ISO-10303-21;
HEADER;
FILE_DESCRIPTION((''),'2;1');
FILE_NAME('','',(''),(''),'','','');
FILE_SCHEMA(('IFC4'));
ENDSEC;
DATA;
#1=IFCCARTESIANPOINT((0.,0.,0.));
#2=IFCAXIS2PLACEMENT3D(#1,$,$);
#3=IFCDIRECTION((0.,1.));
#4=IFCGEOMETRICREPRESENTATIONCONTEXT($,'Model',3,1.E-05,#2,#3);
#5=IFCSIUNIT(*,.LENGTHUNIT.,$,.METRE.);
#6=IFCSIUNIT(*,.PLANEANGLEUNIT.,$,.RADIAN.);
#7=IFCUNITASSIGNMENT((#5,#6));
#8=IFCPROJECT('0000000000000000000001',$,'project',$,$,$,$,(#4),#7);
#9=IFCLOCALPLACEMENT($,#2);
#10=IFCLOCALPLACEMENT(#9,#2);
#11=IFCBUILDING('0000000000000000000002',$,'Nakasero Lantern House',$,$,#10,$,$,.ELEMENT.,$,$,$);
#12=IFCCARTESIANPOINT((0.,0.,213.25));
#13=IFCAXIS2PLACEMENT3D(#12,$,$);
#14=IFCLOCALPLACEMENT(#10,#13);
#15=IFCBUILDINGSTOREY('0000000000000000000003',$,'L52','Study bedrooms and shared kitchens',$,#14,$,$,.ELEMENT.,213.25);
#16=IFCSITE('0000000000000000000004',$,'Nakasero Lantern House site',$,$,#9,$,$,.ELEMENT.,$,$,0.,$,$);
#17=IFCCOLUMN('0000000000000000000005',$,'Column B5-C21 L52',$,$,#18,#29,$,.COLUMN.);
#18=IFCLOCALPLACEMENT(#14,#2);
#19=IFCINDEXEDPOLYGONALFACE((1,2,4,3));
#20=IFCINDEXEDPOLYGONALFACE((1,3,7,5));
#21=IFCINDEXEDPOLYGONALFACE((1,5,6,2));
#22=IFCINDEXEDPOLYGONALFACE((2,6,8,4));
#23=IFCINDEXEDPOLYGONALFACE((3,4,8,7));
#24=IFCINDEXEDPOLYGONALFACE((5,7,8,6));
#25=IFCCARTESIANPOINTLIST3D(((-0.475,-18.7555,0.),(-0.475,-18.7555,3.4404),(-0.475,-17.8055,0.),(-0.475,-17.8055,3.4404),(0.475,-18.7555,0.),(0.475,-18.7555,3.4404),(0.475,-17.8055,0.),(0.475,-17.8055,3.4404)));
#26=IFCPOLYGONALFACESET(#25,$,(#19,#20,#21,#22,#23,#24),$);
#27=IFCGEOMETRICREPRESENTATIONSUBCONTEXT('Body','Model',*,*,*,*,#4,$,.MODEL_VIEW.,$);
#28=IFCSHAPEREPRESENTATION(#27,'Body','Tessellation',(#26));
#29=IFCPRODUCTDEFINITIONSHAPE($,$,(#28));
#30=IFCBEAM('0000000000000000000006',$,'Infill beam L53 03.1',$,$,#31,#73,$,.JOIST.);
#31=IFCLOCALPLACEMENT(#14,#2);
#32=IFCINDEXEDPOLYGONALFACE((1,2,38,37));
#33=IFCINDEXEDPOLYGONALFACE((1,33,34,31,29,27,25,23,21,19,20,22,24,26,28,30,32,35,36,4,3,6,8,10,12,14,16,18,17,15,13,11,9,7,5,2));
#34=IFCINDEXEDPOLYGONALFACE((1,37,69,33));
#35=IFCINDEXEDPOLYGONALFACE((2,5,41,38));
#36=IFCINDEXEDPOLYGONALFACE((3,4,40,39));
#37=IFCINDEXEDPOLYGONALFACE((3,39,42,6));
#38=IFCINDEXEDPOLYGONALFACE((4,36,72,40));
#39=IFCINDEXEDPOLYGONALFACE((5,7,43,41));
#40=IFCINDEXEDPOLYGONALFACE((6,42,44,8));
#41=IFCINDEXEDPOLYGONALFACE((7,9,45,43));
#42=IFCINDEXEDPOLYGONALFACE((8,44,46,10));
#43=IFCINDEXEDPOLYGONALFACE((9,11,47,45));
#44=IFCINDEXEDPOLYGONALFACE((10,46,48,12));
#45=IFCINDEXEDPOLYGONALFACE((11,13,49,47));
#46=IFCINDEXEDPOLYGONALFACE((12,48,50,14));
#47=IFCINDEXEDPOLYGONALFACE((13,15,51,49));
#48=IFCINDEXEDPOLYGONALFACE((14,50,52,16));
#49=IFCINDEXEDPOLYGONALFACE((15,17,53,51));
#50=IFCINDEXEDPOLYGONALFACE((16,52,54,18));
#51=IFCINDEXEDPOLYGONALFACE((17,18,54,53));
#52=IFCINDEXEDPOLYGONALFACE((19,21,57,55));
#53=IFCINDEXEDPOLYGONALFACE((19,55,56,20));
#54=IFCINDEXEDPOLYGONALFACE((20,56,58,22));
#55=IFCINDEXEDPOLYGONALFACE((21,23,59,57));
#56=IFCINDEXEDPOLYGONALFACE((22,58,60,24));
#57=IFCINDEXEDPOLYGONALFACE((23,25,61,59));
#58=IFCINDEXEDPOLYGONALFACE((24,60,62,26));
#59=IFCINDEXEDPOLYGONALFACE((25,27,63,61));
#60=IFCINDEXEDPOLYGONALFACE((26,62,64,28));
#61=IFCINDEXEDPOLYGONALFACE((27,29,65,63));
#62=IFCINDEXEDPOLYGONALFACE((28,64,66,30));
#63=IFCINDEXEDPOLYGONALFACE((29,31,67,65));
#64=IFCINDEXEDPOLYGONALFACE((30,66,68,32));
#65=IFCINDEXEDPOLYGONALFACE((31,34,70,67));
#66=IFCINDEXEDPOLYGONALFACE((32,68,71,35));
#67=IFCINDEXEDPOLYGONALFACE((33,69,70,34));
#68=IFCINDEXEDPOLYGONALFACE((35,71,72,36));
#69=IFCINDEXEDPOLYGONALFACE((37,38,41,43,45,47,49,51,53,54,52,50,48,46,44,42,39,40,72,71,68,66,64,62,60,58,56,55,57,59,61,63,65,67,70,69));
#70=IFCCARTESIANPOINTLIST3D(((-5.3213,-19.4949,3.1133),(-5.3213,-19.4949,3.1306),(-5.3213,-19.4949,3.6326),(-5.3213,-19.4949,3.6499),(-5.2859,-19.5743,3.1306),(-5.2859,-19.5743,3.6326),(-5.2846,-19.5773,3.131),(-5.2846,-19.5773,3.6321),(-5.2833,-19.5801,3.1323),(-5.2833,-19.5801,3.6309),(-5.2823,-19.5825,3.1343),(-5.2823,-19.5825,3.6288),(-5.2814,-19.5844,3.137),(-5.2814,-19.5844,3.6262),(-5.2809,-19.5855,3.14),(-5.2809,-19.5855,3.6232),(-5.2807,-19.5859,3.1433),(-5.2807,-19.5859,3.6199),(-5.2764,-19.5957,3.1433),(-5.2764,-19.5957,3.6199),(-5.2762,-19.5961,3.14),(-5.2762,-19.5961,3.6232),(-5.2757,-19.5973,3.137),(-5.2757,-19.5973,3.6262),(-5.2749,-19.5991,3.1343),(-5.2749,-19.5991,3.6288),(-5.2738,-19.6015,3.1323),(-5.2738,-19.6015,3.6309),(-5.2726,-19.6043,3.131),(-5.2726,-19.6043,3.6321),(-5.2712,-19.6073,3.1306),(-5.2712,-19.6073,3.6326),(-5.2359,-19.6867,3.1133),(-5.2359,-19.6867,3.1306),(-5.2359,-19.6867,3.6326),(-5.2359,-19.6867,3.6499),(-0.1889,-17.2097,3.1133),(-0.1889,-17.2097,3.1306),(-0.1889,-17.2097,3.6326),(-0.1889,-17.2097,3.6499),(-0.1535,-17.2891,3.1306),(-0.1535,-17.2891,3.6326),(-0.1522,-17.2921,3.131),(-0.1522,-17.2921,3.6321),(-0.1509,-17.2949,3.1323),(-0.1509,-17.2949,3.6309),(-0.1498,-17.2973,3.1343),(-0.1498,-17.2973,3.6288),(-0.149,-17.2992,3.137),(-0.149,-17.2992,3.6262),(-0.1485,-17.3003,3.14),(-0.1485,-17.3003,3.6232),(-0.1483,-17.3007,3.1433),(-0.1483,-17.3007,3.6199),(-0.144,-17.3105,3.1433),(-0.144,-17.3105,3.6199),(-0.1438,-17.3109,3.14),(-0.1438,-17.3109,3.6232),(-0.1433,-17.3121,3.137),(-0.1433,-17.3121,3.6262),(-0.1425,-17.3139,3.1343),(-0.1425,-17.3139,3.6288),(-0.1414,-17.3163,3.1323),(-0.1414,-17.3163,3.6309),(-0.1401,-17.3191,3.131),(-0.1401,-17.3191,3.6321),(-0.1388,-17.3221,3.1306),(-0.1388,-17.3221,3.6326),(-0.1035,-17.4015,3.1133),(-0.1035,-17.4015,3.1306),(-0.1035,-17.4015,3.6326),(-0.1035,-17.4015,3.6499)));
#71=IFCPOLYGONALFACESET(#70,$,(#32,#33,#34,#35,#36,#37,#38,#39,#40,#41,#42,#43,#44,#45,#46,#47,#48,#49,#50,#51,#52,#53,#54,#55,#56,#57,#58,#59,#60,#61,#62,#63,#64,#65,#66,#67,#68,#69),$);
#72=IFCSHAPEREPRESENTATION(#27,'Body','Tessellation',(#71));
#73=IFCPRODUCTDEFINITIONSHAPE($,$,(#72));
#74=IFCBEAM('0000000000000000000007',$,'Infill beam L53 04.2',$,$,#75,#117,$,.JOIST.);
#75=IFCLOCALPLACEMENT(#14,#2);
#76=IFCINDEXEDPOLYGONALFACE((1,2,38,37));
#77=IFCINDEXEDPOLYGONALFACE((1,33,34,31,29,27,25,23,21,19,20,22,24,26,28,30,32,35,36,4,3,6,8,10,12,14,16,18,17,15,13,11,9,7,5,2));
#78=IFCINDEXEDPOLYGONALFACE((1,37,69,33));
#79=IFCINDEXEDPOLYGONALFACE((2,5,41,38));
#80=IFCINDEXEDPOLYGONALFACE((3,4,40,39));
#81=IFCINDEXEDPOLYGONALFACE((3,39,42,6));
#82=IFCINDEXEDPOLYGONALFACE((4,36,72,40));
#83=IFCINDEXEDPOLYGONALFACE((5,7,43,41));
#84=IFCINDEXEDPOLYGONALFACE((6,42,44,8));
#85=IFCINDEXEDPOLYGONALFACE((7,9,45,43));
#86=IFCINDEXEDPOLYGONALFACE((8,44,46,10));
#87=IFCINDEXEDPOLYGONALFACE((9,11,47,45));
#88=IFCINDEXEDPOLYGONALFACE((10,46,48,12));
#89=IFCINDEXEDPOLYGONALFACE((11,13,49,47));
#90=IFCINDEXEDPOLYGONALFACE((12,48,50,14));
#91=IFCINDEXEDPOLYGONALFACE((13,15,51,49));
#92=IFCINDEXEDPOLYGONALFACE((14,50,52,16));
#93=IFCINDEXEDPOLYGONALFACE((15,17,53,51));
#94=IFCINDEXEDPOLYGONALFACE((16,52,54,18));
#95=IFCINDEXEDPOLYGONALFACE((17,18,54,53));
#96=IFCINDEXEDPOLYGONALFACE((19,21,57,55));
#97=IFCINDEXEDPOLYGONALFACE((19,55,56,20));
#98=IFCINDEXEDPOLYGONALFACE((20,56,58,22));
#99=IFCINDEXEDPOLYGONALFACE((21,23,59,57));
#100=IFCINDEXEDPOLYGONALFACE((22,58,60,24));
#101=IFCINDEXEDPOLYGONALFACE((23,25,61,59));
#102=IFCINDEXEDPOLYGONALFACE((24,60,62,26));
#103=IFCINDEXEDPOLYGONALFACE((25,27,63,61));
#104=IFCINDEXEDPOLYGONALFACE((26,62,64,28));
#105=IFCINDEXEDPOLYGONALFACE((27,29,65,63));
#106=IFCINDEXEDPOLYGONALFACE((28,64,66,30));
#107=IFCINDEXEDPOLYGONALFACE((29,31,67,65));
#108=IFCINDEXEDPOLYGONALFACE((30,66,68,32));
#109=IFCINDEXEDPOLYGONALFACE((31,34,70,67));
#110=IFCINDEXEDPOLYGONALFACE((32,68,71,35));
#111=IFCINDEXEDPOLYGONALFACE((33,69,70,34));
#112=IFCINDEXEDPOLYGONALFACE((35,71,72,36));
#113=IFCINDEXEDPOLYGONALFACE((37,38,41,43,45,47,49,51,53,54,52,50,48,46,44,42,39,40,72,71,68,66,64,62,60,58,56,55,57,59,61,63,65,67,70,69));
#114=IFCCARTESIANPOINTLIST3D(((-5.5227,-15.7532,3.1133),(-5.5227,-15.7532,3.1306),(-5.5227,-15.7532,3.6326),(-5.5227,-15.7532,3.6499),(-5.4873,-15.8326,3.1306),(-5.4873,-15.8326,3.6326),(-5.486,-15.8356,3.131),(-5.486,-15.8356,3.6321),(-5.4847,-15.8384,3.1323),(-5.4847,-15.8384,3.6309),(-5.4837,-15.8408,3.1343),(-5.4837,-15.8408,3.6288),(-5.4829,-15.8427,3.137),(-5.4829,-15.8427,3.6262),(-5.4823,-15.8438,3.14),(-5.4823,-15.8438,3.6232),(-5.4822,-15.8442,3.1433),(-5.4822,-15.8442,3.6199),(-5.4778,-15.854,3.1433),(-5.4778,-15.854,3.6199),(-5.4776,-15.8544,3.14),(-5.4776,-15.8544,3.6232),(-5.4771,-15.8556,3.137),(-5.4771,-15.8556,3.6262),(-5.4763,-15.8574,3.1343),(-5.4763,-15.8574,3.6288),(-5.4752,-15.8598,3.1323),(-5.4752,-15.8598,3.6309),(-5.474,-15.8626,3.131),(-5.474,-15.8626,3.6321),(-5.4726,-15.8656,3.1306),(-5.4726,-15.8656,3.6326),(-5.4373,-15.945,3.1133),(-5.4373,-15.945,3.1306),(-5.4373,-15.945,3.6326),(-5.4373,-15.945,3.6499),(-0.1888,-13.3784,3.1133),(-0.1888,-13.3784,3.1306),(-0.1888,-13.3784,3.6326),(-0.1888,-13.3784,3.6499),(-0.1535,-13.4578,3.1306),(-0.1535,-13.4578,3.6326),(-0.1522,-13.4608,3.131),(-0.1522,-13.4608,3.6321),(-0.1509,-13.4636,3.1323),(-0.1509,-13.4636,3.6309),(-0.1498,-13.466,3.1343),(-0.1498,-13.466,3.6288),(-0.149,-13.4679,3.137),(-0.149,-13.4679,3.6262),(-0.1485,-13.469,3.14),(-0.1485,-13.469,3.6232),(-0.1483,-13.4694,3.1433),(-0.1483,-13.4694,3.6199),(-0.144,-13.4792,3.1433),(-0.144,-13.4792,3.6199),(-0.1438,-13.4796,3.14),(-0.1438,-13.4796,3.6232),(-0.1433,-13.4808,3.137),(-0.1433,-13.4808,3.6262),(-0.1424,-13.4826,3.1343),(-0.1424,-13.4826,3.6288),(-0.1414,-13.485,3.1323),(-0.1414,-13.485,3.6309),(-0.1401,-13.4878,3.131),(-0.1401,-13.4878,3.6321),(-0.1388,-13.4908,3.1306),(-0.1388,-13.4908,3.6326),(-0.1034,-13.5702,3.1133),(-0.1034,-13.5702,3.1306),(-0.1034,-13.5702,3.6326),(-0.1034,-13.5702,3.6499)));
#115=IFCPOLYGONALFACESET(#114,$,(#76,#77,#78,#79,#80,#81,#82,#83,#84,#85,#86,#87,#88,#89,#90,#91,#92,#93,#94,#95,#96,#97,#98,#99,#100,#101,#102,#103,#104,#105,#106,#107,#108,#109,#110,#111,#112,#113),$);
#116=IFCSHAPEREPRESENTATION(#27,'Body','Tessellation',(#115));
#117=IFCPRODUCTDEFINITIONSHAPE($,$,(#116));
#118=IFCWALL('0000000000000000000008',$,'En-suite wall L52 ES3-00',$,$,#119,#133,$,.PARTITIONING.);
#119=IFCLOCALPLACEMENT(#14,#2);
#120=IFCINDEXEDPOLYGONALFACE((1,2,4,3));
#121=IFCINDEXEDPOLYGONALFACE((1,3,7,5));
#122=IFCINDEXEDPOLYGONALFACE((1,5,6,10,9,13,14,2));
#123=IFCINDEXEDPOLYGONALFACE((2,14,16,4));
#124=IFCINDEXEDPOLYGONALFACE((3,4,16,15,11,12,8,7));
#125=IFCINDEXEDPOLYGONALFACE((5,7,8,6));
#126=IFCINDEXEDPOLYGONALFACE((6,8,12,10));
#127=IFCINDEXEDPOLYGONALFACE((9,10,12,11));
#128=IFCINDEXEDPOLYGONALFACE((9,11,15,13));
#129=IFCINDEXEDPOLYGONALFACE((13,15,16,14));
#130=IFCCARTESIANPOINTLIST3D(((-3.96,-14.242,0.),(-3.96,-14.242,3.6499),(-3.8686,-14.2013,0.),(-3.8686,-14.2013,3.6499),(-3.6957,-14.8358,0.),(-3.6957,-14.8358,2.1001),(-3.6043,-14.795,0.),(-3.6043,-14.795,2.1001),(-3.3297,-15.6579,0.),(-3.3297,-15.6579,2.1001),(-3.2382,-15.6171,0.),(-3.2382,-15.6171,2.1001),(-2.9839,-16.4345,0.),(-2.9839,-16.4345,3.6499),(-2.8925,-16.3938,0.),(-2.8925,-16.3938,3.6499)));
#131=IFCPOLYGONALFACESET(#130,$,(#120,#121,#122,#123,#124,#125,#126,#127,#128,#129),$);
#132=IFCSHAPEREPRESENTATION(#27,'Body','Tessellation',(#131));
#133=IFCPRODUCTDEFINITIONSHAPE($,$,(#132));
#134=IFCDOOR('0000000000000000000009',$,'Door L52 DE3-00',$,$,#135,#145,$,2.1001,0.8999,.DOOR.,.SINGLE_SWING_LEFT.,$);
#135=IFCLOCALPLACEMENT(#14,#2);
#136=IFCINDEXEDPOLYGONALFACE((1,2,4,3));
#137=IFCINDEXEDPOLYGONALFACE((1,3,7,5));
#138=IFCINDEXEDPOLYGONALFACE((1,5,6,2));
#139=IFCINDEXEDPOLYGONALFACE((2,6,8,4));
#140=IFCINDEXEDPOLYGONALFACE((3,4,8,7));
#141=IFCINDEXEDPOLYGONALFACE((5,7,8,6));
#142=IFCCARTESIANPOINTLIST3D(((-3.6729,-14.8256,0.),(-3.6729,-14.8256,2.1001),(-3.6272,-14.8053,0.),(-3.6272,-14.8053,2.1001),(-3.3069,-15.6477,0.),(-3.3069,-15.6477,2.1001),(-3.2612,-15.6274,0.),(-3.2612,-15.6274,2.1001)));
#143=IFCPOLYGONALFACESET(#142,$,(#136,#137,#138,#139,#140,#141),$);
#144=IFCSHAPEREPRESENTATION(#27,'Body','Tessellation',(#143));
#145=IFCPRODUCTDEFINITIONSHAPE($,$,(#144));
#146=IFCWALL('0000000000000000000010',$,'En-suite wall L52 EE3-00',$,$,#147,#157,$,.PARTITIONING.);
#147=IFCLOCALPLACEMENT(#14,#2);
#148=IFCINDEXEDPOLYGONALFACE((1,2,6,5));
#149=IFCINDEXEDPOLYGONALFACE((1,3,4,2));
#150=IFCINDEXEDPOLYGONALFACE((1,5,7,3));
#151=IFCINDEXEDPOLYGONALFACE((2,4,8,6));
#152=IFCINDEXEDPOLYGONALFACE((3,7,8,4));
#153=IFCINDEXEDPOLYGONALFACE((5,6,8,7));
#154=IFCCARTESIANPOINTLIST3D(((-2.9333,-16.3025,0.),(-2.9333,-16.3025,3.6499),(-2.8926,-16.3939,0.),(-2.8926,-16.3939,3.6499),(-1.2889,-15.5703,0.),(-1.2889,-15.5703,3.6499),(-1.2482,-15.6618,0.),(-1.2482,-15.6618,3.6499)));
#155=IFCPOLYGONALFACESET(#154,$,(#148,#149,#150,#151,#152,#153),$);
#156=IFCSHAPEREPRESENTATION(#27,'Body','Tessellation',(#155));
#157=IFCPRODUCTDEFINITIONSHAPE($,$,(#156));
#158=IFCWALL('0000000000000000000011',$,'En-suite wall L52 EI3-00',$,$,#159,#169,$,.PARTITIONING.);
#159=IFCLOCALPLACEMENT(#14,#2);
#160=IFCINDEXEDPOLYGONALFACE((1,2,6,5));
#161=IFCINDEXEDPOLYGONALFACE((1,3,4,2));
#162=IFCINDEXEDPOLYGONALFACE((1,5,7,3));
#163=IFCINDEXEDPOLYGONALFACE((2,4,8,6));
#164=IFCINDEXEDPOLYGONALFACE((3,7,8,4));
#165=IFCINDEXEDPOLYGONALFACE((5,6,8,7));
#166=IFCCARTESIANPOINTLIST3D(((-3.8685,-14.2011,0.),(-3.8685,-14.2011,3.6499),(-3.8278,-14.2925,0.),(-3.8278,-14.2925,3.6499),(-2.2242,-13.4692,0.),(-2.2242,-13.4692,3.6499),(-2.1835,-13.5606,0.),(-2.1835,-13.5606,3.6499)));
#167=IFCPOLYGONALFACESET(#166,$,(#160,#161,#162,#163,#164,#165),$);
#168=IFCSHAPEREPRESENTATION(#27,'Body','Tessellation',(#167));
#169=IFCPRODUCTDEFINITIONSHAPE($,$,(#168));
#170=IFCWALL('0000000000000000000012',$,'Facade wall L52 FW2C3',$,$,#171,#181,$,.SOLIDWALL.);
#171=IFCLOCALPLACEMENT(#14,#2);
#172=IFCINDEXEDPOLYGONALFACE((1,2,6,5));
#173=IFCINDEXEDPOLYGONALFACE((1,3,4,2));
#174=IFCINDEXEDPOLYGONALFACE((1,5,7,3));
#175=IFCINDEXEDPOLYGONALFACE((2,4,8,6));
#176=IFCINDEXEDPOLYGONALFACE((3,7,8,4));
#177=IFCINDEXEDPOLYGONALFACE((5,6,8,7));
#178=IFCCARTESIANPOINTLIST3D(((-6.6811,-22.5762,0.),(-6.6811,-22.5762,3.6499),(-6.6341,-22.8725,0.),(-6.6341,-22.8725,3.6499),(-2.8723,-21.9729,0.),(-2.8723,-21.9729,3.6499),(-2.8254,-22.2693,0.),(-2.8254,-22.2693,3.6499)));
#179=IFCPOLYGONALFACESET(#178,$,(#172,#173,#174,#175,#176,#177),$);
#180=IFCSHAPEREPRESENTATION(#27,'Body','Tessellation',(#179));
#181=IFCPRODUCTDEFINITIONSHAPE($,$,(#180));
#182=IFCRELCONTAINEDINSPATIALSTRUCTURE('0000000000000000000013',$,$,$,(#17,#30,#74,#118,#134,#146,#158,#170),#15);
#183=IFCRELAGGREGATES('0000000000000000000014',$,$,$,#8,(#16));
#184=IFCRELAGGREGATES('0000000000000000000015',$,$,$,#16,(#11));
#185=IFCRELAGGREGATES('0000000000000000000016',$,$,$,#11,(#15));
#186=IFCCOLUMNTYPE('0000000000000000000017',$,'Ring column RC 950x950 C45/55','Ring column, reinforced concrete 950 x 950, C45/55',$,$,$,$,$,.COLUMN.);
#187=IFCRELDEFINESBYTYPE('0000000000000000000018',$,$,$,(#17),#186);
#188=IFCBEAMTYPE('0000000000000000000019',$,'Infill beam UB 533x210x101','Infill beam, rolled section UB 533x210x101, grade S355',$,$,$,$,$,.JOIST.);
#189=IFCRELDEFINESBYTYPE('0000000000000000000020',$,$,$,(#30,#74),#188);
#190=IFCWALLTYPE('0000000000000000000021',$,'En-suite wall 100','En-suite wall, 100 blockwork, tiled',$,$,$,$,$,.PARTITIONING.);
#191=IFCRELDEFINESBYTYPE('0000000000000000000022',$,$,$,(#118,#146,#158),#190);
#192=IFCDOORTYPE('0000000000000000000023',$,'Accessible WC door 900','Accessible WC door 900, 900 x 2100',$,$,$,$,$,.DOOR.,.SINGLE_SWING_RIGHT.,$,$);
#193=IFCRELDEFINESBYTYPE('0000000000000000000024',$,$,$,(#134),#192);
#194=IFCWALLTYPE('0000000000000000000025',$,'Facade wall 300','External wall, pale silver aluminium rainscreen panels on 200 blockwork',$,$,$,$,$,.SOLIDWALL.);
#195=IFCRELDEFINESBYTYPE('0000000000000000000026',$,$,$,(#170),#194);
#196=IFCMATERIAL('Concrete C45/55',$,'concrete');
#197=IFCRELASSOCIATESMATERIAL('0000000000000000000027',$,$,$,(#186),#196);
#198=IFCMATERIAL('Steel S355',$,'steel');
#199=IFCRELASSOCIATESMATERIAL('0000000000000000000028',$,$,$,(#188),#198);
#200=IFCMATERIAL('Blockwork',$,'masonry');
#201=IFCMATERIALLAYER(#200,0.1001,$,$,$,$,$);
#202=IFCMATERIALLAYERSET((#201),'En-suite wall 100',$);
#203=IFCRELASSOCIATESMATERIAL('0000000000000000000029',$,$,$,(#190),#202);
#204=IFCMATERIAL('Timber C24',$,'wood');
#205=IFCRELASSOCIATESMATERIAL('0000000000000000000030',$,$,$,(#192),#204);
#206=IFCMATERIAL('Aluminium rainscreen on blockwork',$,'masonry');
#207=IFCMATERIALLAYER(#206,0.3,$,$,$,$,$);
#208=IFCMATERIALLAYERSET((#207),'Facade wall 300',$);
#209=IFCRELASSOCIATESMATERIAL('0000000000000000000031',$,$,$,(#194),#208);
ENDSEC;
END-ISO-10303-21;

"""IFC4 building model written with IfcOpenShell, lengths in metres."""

from ifc_helpers import new_model, si_unit, direction, frame, frame_2d, origin, origin_2d, place, context, subcontext, project, spatial, rectangle, i_section, extrude, material, layer, layer_set, material_profile, profile_set, type_object, element, fill, save


model = new_model("IFC4")

# Units and contexts
model_context = context("Model", 3, precision=1e-05, world=origin(), true_north=direction((0.0, 1.0)))
body_context = subcontext(model_context, "Body", "Model", "MODEL_VIEW")
ifc_project = project(units=[si_unit("LENGTHUNIT", "METRE"), si_unit("PLANEANGLEUNIT", "RADIAN")], contexts=[model_context])

# Site, building, storey
site_placement = place(None, origin())
site = spatial("IfcSite", under=ifc_project, at=site_placement, Name="Nakasero Lantern House site", CompositionType="ELEMENT", RefElevation=0.0)
building_placement = place(site_placement, origin())
building = spatial("IfcBuilding", under=site, at=building_placement, Name="Nakasero Lantern House", CompositionType="ELEMENT")
storey_placement = place(building_placement, frame((0.0, 0.0, 213.25)))
storey = spatial("IfcBuildingStorey", under=building, at=storey_placement, Name="L52", Description="Study bedrooms and shared kitchens", CompositionType="ELEMENT", Elevation=213.25)

# Column
ifc_material_1 = material(Name="Concrete C45/55", Category="concrete")
ifc_material_profile_1 = material_profile(ifc_material_1, rectangle(XDim=0.95, YDim=0.95, at=origin_2d()), Name="RC 950x950")
ifc_profile_set_1 = profile_set([ifc_material_profile_1], Name="Concrete C45/55")
column_type = type_object("IfcColumnType", Name="Ring column RC 950x950 C45/55", Description="Ring column, reinforced concrete 950 x 950, C45/55", PredefinedType="COLUMN", material=ifc_profile_set_1)
column_placement = place(storey_placement, frame((0.0, -18.2805, 0.0), z_axis=(0.0, 0.0, 1.0), x_axis=(1.0, 0.0, 0.0)))
element("IfcColumn", 1, at=column_placement, inside=storey, type_object=column_type, Name="Column B5-C21 L52", PredefinedType="COLUMN", context=body_context, shape_type="SweptSolid", body=[
    extrude(rectangle(XDim=0.95, YDim=0.95, at=origin_2d()), origin(), (0.0, 0.0, 1.0), 3.4404),
])

# Beams
ifc_material_2 = material(Name="Steel S355", Category="steel")
ifc_material_profile_2 = material_profile(ifc_material_2, i_section(OverallWidth=0.21, OverallDepth=0.5366, WebThickness=0.0107, FlangeThickness=0.0173, FilletRadius=0.0127, at=origin_2d()), Name="UB 533x210x101")
ifc_profile_set_2 = profile_set([ifc_material_profile_2], Name="Steel S355")
beam_type = type_object("IfcBeamType", Name="Infill beam UB 533x210x101", Description="Infill beam, rolled section UB 533x210x101, grade S355", PredefinedType="JOIST", material=ifc_profile_set_2)
beam_1_placement = place(storey_placement, frame((-5.2786, -19.5908, 3.3816), z_axis=(0.913539, 0.406751, 0.0), x_axis=(-0.406751, 0.913539, 0.0)))
element("IfcBeam", 2, at=beam_1_placement, inside=storey, type_object=beam_type, Name="Infill beam L53 03.1", PredefinedType="JOIST", context=body_context, shape_type="SweptSolid", body=[
    extrude(i_section(OverallWidth=0.21, OverallDepth=0.5366, WebThickness=0.0107, FlangeThickness=0.0173, FilletRadius=0.0127, at=origin_2d()), origin(), (0.0, 0.0, 1.0), 5.6182),
])
beam_2_placement = place(storey_placement, frame((-5.48, -15.8491, 3.3816), z_axis=(0.913544, 0.40674, 0.0), x_axis=(-0.40674, 0.913544, 0.0)))
element("IfcBeam", 3, at=beam_2_placement, inside=storey, type_object=beam_type, Name="Infill beam L53 04.2", PredefinedType="JOIST", context=body_context, shape_type="SweptSolid", body=[
    extrude(i_section(OverallWidth=0.21, OverallDepth=0.5366, WebThickness=0.0107, FlangeThickness=0.0173, FilletRadius=0.0127, at=origin_2d()), origin(), (0.0, 0.0, 1.0), 5.8386),
])

# Wall, opening, door
ifc_material_3 = material(Name="Blockwork", Category="masonry")
ifc_layer_1 = layer(ifc_material_3, 0.1001)
ifc_layer_set_1 = layer_set([ifc_layer_1], Name="En-suite wall 100")
wall_type_1 = type_object("IfcWallType", Name="En-suite wall 100", Description="En-suite wall, 100 blockwork, tiled", PredefinedType="PARTITIONING", material=ifc_layer_set_1)
wall_1_placement = place(storey_placement, frame((-3.9143, -14.2217, 0.0), z_axis=(0.0, 0.0, 1.0), x_axis=(0.406724, -0.913551, 0.0)))
wall_1 = element("IfcWall", 4, at=wall_1_placement, inside=storey, type_object=wall_type_1, Name="En-suite wall L52 ES3-00", PredefinedType="PARTITIONING", context=body_context, shape_type="SweptSolid", body=[
    extrude(rectangle(XDim=2.3999, YDim=0.1001, at=frame_2d((1.2, 0.0))), origin(), (0.0, 0.0, 1.0), 3.6499),
])
opening_1_placement = place(wall_1_placement, frame((0.6499, 0.0, 0.0)))
opening_1 = element("IfcOpeningElement", 5, at=opening_1_placement, cuts=wall_1, PredefinedType="OPENING", context=body_context, shape_type="SweptSolid", body=[
    extrude(rectangle(XDim=0.8999, YDim=2.1001, at=frame_2d((0.45, 1.05))), frame((0.0, 0.0701, 0.0), z_axis=(0.0, -1.0, 0.0), x_axis=(1.0, 0.0, 0.0)), (0.0, 0.0, 1.0), 0.1401),
])
ifc_material_4 = material(Name="Timber C24", Category="wood")
door_type_1 = type_object("IfcDoorType", Name="Accessible WC door 900", Description="Accessible WC door 900, 900 x 2100", OperationType="SINGLE_SWING_RIGHT", PredefinedType="DOOR", material=ifc_material_4)
door_1_placement = place(opening_1_placement, origin())
door_1 = element("IfcDoor", 6, at=door_1_placement, inside=storey, type_object=door_type_1, Name="Door L52 DE3-00", OperationType="SINGLE_SWING_LEFT", OverallHeight=2.1001, OverallWidth=0.8999, PredefinedType="DOOR", context=body_context, shape_type="SweptSolid", body=[
    extrude(rectangle(XDim=0.8999, YDim=2.1001, at=frame_2d((0.45, 1.05))), frame((0.0, 0.0249, 0.0), z_axis=(0.0, -1.0, 0.0), x_axis=(1.0, 0.0, 0.0)), (0.0, 0.0, 1.0), 0.05),
])
fill(opening_1, door_1)

# Walls
wall_2_placement = place(storey_placement, frame((-2.9128, -16.3481, 0.0), z_axis=(0.0, 0.0, 1.0), x_axis=(0.913549, 0.40673, 0.0)))
element("IfcWall", 7, at=wall_2_placement, inside=storey, type_object=wall_type_1, Name="En-suite wall L52 EE3-00", PredefinedType="PARTITIONING", context=body_context, shape_type="SweptSolid", body=[
    extrude(rectangle(XDim=1.8, YDim=0.1001, at=frame_2d((0.8999, 0.0))), origin(), (0.0, 0.0, 1.0), 3.6499),
])
wall_3_placement = place(storey_placement, frame((-3.8481, -14.2468, 0.0), z_axis=(0.0, 0.0, 1.0), x_axis=(0.913576, 0.406667, 0.0)))
element("IfcWall", 8, at=wall_3_placement, inside=storey, type_object=wall_type_1, Name="En-suite wall L52 EI3-00", PredefinedType="PARTITIONING", context=body_context, shape_type="SweptSolid", body=[
    extrude(rectangle(XDim=1.7998, YDim=0.1001, at=frame_2d((0.8999, 0.0))), origin(), (0.0, 0.0, 1.0), 3.6499),
])
ifc_material_5 = material(Name="Aluminium rainscreen on blockwork", Category="masonry")
ifc_layer_2 = layer(ifc_material_5, 0.3)
ifc_layer_set_2 = layer_set([ifc_layer_2], Name="Facade wall 300")
wall_type_2 = type_object("IfcWallType", Name="Facade wall 300", Description="External wall, pale silver aluminium rainscreen panels on 200 blockwork", PredefinedType="SOLIDWALL", material=ifc_layer_set_2)
wall_4_placement = place(storey_placement, frame((-6.6577, -22.7244, 0.0), z_axis=(0.0, 0.0, 1.0), x_axis=(0.987688, 0.156437, 0.0)))
element("IfcWall", 9, at=wall_4_placement, inside=storey, type_object=wall_type_2, Name="Facade wall L52 FW2C3", PredefinedType="SOLIDWALL", context=body_context, shape_type="SweptSolid", body=[
    extrude(rectangle(XDim=3.8562, YDim=0.3, at=frame_2d((1.9282, 0.0))), origin(), (0.0, 0.0, 1.0), 3.6499),
])

save(model, "model.ifc")
